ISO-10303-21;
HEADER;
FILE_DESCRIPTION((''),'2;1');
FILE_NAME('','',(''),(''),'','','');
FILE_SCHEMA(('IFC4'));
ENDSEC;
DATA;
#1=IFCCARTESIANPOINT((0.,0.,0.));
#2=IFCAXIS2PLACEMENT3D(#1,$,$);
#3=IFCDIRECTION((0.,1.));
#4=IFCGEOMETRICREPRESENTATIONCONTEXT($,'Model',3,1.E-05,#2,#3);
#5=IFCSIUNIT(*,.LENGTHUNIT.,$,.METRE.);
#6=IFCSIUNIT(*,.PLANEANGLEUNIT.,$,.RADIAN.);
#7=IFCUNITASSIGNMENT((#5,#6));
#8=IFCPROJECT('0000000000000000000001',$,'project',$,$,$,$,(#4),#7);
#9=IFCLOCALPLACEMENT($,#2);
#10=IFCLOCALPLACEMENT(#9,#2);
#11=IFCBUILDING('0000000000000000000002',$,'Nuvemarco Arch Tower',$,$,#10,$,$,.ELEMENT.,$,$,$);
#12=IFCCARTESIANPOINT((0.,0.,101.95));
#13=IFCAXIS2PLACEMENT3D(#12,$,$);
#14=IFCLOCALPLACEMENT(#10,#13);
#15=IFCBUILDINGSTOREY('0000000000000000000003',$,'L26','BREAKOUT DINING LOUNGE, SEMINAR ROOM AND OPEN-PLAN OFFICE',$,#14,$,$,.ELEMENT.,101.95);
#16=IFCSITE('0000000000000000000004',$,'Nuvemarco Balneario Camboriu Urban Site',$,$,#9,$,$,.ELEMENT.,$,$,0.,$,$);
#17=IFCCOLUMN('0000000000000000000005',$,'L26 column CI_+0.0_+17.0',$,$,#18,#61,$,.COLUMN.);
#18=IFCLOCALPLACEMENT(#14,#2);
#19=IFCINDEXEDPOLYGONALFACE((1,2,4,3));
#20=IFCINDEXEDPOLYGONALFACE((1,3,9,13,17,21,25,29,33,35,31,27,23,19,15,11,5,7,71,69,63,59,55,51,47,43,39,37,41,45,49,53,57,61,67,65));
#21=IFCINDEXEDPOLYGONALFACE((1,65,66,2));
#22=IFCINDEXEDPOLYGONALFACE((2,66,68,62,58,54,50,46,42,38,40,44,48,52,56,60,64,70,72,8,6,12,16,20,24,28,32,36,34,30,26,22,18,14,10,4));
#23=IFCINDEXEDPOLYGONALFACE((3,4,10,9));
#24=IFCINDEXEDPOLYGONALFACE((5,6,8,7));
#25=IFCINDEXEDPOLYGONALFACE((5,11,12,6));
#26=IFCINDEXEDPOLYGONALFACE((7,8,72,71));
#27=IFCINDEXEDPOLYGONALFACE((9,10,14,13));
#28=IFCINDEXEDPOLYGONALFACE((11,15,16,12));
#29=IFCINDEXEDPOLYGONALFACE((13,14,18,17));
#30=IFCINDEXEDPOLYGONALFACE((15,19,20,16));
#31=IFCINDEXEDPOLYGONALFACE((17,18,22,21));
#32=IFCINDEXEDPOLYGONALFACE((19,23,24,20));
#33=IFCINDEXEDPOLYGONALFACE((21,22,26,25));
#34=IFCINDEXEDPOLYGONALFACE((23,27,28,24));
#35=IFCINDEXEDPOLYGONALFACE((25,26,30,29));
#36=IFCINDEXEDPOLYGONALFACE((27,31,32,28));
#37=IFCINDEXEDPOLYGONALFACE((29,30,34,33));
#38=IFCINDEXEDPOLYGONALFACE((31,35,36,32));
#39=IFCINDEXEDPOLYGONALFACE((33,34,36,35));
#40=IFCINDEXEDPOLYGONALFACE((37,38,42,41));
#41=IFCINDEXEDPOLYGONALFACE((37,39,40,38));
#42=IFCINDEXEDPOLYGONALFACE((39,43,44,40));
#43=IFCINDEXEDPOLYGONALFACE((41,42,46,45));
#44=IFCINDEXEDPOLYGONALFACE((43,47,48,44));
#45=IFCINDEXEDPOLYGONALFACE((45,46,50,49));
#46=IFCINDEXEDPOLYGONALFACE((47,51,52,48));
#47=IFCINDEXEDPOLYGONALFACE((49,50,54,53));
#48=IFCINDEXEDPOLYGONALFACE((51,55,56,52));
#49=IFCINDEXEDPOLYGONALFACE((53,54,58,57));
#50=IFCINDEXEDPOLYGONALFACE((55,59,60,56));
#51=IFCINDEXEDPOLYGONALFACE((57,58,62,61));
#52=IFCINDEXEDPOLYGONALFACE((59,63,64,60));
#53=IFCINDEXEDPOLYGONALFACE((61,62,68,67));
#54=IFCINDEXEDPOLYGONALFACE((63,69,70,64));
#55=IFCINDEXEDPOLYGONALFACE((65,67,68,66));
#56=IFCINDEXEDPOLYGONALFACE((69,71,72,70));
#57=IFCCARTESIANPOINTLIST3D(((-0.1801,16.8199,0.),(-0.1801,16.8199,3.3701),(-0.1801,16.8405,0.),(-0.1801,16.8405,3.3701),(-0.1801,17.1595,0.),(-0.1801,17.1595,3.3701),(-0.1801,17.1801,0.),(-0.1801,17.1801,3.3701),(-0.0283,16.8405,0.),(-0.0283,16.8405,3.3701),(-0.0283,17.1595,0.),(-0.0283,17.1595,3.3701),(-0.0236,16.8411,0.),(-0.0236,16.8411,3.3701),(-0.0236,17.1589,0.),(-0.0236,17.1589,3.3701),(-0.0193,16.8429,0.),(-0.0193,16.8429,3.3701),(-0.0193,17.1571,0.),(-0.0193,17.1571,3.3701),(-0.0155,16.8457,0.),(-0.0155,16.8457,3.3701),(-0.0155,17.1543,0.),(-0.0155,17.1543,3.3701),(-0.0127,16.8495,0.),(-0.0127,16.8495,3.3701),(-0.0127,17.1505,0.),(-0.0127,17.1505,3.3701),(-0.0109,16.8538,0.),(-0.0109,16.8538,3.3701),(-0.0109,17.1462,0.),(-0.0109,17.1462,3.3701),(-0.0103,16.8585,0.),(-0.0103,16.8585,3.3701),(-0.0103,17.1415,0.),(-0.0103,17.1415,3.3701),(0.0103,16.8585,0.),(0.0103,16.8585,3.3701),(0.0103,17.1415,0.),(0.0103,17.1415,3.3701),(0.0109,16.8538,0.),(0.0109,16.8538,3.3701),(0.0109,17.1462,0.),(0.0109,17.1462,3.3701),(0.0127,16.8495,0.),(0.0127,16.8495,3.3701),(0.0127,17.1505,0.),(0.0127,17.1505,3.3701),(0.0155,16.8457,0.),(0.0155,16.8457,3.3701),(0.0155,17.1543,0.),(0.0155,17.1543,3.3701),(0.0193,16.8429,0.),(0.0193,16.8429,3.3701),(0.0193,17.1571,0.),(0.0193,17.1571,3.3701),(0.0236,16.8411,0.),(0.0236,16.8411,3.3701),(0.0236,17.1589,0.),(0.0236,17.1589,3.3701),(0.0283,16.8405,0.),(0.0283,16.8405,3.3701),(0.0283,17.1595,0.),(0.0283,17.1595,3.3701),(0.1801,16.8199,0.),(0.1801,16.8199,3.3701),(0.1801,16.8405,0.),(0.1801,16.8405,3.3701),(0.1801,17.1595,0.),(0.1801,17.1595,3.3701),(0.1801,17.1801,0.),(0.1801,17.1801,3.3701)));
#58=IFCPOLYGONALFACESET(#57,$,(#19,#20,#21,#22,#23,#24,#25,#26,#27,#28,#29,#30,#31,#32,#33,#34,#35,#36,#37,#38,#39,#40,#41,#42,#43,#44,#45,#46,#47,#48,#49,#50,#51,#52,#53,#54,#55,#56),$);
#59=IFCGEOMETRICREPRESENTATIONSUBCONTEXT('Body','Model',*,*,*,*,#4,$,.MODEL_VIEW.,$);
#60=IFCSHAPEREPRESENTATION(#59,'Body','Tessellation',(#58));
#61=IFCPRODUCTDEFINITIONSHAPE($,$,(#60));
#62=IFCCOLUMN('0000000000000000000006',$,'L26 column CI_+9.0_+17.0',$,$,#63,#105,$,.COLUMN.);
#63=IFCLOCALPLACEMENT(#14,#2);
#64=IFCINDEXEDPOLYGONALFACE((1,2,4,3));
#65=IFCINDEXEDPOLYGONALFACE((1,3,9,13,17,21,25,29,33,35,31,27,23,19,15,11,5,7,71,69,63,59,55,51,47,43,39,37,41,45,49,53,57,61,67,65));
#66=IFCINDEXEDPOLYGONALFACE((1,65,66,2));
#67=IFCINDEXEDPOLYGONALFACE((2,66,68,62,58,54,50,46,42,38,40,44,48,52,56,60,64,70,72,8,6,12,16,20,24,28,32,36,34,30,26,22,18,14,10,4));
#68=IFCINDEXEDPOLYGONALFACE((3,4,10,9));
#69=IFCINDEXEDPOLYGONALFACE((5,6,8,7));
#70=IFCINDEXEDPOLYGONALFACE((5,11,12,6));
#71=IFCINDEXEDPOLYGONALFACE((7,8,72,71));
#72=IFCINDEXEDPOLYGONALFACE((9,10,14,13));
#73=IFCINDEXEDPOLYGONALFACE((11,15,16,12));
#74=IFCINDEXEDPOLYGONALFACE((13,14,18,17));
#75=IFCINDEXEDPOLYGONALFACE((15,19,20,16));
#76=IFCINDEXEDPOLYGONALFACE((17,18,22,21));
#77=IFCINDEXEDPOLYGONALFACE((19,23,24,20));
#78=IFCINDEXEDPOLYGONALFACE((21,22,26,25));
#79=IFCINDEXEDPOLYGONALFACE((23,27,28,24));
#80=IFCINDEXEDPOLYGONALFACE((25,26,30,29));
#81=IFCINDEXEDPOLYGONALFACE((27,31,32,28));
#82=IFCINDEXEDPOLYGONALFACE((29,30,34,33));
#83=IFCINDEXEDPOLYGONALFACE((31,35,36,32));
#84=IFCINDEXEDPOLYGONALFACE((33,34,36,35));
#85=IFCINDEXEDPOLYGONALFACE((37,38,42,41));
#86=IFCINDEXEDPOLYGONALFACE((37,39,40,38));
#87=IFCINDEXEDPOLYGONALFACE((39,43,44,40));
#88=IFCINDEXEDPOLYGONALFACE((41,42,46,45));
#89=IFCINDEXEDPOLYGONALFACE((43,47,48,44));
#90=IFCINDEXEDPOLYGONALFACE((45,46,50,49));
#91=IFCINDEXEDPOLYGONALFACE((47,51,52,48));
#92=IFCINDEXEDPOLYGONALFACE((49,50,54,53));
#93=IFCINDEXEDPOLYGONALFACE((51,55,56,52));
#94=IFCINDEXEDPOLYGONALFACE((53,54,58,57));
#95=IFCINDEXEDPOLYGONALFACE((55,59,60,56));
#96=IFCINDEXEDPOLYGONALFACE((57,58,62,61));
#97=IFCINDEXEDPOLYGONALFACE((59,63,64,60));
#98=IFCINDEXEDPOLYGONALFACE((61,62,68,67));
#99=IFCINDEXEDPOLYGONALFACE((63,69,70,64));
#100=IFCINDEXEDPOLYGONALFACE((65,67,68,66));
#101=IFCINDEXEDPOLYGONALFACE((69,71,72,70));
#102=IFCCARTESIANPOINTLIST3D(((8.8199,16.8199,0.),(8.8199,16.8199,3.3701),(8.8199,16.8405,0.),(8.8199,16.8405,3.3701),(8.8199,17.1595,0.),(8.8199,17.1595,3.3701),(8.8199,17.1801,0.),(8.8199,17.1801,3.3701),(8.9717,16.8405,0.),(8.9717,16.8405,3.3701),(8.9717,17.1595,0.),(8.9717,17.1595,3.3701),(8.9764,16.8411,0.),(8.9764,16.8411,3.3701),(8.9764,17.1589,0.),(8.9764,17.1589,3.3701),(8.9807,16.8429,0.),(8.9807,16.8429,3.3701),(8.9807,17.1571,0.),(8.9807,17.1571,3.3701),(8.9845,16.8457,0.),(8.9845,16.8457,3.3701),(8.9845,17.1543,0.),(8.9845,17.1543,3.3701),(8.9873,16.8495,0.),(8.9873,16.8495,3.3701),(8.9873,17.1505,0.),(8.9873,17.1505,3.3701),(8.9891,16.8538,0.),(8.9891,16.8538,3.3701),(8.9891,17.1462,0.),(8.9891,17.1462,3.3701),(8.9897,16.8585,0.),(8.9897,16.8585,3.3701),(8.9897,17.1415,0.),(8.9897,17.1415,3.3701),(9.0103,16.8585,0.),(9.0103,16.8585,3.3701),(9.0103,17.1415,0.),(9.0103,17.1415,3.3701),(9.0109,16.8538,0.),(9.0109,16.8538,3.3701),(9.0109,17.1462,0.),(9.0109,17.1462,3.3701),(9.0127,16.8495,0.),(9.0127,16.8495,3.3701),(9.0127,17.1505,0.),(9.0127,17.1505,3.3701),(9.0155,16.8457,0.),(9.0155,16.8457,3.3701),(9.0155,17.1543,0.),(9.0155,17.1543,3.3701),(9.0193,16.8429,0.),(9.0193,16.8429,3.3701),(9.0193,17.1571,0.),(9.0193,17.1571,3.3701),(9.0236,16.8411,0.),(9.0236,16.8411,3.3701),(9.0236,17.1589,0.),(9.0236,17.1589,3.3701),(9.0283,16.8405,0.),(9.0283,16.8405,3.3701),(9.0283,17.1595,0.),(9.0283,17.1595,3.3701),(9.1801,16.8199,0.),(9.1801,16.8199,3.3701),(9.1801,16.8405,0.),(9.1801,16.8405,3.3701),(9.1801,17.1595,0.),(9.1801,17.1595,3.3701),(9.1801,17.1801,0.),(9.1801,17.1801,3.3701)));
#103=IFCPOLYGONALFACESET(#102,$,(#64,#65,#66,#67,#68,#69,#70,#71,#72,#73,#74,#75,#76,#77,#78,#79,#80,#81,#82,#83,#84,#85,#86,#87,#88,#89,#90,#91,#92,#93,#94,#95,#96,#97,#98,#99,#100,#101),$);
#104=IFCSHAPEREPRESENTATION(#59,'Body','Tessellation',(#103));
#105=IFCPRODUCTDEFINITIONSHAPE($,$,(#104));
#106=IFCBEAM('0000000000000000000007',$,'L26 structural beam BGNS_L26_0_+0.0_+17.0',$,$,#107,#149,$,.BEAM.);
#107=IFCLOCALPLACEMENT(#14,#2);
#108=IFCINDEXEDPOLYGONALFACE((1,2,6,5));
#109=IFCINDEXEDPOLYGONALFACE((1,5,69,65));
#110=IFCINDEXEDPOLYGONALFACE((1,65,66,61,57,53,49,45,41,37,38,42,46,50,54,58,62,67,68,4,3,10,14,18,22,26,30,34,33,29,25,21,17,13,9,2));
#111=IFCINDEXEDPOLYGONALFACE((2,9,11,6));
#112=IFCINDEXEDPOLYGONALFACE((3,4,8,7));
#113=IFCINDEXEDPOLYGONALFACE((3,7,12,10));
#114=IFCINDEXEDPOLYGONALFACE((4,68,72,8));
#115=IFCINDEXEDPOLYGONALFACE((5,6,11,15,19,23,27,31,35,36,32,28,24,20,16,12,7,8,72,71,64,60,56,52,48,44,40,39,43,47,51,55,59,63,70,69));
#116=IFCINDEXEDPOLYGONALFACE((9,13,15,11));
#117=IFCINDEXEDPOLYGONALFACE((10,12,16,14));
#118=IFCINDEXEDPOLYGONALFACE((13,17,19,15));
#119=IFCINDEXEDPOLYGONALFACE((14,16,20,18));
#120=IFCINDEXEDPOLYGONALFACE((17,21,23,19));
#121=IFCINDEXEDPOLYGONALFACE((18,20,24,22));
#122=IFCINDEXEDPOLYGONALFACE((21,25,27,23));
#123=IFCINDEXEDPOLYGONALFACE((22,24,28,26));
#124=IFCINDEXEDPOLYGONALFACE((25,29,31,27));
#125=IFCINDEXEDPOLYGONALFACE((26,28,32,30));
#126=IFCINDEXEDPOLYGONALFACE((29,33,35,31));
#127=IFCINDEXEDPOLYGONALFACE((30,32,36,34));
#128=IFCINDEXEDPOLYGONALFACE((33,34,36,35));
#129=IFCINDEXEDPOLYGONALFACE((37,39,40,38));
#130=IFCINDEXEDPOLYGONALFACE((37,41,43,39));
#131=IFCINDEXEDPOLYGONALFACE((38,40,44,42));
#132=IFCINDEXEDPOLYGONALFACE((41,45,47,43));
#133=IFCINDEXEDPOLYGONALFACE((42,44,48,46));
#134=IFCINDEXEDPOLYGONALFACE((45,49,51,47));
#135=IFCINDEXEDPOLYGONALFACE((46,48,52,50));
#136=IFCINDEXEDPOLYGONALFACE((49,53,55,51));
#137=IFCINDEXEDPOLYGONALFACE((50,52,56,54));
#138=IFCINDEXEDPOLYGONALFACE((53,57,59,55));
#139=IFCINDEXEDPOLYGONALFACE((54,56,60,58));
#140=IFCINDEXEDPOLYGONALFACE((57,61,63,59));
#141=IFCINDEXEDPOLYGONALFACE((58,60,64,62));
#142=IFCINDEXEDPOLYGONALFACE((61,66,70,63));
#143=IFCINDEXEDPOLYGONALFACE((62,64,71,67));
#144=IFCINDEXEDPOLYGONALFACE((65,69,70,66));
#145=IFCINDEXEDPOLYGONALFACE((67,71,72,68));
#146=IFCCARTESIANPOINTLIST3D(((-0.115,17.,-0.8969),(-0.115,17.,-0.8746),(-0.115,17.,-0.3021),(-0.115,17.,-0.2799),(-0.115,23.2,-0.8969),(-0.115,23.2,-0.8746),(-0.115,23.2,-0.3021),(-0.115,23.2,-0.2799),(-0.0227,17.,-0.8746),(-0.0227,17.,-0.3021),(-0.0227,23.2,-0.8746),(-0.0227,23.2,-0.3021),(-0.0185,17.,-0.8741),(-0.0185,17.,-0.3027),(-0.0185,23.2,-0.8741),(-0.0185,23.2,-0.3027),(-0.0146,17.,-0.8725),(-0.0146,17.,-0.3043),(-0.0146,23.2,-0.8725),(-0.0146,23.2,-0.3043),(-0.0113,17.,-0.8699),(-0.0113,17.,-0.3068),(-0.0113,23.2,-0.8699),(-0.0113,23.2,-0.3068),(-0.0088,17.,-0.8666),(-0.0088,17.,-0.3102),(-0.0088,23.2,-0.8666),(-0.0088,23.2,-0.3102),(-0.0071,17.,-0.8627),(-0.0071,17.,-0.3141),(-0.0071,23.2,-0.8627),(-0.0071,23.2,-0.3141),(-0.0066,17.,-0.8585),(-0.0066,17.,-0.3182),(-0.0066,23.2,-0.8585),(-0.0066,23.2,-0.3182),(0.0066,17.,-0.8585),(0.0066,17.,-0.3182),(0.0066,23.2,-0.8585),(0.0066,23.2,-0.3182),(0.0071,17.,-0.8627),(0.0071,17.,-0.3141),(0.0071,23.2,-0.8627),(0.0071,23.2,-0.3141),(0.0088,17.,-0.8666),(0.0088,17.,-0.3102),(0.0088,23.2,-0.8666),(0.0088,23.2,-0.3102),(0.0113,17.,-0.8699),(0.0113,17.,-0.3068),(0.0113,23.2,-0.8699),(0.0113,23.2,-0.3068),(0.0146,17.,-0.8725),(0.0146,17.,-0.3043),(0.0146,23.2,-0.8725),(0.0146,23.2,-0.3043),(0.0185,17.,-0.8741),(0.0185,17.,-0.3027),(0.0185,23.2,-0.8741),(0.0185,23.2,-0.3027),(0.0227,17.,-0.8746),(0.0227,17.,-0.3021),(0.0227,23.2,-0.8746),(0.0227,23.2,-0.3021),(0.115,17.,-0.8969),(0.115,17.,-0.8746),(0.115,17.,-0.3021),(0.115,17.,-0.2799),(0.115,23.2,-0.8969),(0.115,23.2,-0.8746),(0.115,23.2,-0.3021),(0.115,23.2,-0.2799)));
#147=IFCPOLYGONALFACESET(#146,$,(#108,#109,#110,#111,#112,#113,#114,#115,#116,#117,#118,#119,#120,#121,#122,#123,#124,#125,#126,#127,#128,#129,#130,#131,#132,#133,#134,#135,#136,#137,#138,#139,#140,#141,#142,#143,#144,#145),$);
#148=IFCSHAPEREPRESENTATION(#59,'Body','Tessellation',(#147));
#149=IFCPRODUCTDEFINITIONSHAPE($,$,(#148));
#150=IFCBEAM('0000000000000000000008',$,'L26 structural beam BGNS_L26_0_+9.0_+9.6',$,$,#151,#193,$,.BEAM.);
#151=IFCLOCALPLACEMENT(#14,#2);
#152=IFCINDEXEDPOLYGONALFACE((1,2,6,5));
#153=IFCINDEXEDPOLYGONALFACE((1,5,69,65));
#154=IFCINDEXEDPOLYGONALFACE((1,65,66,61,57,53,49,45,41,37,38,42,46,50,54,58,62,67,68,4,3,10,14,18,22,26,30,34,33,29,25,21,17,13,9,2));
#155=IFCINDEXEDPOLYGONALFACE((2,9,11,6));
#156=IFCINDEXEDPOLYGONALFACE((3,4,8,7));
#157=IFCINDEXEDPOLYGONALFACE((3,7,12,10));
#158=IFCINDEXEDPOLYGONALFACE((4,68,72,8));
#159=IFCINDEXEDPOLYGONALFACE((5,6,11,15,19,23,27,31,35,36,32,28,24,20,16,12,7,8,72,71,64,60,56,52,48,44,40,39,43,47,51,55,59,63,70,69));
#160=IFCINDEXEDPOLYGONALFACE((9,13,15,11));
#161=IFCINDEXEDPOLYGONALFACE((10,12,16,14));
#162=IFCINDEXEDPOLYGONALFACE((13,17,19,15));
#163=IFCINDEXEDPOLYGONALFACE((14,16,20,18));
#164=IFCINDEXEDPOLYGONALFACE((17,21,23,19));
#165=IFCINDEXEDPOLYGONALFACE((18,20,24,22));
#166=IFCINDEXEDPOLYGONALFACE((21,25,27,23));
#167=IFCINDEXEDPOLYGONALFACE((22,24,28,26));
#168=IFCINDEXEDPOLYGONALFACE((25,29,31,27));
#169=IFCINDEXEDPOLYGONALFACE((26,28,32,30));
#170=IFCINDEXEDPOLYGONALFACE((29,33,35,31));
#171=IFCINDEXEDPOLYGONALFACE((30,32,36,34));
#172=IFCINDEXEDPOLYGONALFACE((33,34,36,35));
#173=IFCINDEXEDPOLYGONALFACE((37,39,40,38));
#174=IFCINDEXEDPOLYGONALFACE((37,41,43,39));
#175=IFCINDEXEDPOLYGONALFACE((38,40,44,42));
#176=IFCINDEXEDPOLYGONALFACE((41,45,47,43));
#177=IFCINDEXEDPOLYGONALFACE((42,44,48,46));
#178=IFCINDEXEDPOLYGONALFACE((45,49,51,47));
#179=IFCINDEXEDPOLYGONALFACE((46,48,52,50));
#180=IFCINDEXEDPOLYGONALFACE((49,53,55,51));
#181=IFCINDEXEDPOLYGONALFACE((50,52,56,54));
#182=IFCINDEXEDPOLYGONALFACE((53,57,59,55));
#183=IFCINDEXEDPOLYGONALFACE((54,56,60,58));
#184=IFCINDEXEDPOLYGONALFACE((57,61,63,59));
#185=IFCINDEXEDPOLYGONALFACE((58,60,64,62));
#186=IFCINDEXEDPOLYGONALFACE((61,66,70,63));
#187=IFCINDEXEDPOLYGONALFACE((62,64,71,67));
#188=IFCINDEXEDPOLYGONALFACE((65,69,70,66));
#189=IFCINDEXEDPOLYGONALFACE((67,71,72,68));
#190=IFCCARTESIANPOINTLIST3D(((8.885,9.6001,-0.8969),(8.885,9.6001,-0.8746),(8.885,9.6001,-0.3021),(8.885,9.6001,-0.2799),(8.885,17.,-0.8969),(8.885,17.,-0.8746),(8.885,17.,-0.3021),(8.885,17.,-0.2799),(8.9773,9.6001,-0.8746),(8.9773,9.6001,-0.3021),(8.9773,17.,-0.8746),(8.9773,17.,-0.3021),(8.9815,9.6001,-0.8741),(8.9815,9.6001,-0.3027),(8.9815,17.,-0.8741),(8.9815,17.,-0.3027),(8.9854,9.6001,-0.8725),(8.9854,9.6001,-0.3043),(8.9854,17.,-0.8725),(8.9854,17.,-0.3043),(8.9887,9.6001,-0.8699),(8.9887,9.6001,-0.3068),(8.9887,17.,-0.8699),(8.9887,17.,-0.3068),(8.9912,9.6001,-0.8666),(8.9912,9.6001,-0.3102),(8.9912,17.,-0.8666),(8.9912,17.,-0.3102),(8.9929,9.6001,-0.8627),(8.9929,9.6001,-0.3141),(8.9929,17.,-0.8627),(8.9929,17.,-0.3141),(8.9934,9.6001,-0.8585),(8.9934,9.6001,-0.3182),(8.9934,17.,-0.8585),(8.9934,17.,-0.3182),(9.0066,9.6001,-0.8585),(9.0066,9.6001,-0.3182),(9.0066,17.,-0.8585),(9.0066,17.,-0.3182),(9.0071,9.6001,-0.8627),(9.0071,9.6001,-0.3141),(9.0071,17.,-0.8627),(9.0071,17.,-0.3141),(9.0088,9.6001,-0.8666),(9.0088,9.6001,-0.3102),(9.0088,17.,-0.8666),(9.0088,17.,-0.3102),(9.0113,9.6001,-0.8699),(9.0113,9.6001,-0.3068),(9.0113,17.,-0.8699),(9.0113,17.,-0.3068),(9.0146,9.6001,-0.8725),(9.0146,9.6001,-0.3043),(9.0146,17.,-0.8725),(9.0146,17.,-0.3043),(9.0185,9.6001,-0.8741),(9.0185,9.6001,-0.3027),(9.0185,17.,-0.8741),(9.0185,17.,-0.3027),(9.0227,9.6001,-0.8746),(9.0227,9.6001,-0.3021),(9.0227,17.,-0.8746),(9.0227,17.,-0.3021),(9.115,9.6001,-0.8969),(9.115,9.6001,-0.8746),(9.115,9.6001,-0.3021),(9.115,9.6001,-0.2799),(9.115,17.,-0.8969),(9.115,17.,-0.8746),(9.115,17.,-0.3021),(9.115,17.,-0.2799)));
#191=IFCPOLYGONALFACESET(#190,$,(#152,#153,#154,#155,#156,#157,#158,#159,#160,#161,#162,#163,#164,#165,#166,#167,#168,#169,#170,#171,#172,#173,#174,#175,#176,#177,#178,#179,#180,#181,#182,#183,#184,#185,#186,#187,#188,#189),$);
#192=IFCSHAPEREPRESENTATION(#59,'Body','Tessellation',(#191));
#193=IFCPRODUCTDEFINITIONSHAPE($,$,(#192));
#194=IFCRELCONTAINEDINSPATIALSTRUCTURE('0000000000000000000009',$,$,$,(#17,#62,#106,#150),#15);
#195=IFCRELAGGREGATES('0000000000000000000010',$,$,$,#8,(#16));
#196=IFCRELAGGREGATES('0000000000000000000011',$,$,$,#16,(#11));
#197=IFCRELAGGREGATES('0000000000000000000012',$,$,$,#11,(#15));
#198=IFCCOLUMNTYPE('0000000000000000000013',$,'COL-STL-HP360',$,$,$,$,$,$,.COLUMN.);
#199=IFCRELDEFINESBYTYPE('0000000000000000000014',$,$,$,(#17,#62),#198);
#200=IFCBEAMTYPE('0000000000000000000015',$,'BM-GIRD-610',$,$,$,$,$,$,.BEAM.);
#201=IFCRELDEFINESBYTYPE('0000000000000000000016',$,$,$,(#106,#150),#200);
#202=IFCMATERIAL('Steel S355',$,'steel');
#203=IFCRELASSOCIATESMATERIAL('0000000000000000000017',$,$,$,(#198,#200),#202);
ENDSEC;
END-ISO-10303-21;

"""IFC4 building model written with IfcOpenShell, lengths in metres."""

from ifc_helpers import new_model, si_unit, direction, frame, origin, origin_2d, place, context, subcontext, project, spatial, i_section, extrude, material, material_profile, profile_set, type_object, element, save


model = new_model("IFC4")

# Units and contexts
model_context = context("Model", 3, precision=1e-05, world=origin(), true_north=direction((0.0, 1.0)))
body_context = subcontext(model_context, "Body", "Model", "MODEL_VIEW")
ifc_project = project(units=[si_unit("LENGTHUNIT", "METRE"), si_unit("PLANEANGLEUNIT", "RADIAN")], contexts=[model_context])

# Site, building, storey
site_placement = place(None, origin())
site = spatial("IfcSite", under=ifc_project, at=site_placement, Name="Nuvemarco Balneario Camboriu Urban Site", CompositionType="ELEMENT", RefElevation=0.0)
building_placement = place(site_placement, origin())
building = spatial("IfcBuilding", under=site, at=building_placement, Name="Nuvemarco Arch Tower", CompositionType="ELEMENT")
storey_placement = place(building_placement, frame((0.0, 0.0, 101.95)))
storey = spatial("IfcBuildingStorey", under=building, at=storey_placement, Name="L26", Description="BREAKOUT DINING LOUNGE, SEMINAR ROOM AND OPEN-PLAN OFFICE", CompositionType="ELEMENT", Elevation=101.95)

# Columns
ifc_material_1 = material(Name="Steel S355", Category="steel")
ifc_material_profile_1 = material_profile(ifc_material_1, i_section(OverallWidth=0.3601, OverallDepth=0.3601, WebThickness=0.0205, FlangeThickness=0.0205, FilletRadius=0.0181, at=origin_2d()), Name="HP360x174")
ifc_profile_set_1 = profile_set([ifc_material_profile_1], Name="Steel S355")
column_type_1 = type_object("IfcColumnType", Name="COL-STL-HP360", PredefinedType="COLUMN", material=ifc_profile_set_1)
for number, where, z_axis, x_axis, name in (
    (1, (0.0, 17.0, 0.0), (0.0, 0.0, 1.0), (1.0, 0.0, 0.0), "L26 column CI_+0.0_+17.0"),
    (2, (9.0, 17.0, 0.0), (0.0, 0.0, 1.0), (1.0, 0.0, 0.0), "L26 column CI_+9.0_+17.0"),
):
    element("IfcColumn", number, at=place(storey_placement, frame(where, z_axis=z_axis, x_axis=x_axis)), inside=storey, type_object=column_type_1, Name=name, PredefinedType="COLUMN", context=body_context, shape_type="SweptSolid", body=[
        extrude(i_section(OverallWidth=0.3601, OverallDepth=0.3601, WebThickness=0.0205, FlangeThickness=0.0205, FilletRadius=0.0181, at=origin_2d()), origin(), (0.0, 0.0, 1.0), 3.3701),
    ])

# Beams
ifc_material_profile_2 = material_profile(ifc_material_1, i_section(OverallWidth=0.23, OverallDepth=0.6169, WebThickness=0.0132, FlangeThickness=0.0222, FilletRadius=0.0161, at=origin_2d()), Name="W610x140")
ifc_profile_set_2 = profile_set([ifc_material_profile_2], Name="Steel S355")
beam_type_1 = type_object("IfcBeamType", Name="BM-GIRD-610", PredefinedType="BEAM", material=ifc_profile_set_2)
beam_1_placement = place(storey_placement, frame((0.0, 17.0, -0.5884), z_axis=(0.0, 1.0, 0.0), x_axis=(-1.0, 0.0, 0.0)))
element("IfcBeam", 3, at=beam_1_placement, inside=storey, type_object=beam_type_1, Name="L26 structural beam BGNS_L26_0_+0.0_+17.0", PredefinedType="BEAM", context=body_context, shape_type="SweptSolid", body=[
    extrude(i_section(OverallWidth=0.23, OverallDepth=0.6169, WebThickness=0.0132, FlangeThickness=0.0222, FilletRadius=0.0161, at=origin_2d()), origin(), (0.0, 0.0, 1.0), 6.2),
])
beam_2_placement = place(storey_placement, frame((9.0, 9.6001, -0.5884), z_axis=(0.0, 1.0, 0.0), x_axis=(-1.0, 0.0, 0.0)))
element("IfcBeam", 4, at=beam_2_placement, inside=storey, type_object=beam_type_1, Name="L26 structural beam BGNS_L26_0_+9.0_+9.6", PredefinedType="BEAM", context=body_context, shape_type="SweptSolid", body=[
    extrude(i_section(OverallWidth=0.23, OverallDepth=0.6169, WebThickness=0.0132, FlangeThickness=0.0222, FilletRadius=0.0161, at=origin_2d()), origin(), (0.0, 0.0, 1.0), 7.3999),
])

save(model, "model.ifc")
